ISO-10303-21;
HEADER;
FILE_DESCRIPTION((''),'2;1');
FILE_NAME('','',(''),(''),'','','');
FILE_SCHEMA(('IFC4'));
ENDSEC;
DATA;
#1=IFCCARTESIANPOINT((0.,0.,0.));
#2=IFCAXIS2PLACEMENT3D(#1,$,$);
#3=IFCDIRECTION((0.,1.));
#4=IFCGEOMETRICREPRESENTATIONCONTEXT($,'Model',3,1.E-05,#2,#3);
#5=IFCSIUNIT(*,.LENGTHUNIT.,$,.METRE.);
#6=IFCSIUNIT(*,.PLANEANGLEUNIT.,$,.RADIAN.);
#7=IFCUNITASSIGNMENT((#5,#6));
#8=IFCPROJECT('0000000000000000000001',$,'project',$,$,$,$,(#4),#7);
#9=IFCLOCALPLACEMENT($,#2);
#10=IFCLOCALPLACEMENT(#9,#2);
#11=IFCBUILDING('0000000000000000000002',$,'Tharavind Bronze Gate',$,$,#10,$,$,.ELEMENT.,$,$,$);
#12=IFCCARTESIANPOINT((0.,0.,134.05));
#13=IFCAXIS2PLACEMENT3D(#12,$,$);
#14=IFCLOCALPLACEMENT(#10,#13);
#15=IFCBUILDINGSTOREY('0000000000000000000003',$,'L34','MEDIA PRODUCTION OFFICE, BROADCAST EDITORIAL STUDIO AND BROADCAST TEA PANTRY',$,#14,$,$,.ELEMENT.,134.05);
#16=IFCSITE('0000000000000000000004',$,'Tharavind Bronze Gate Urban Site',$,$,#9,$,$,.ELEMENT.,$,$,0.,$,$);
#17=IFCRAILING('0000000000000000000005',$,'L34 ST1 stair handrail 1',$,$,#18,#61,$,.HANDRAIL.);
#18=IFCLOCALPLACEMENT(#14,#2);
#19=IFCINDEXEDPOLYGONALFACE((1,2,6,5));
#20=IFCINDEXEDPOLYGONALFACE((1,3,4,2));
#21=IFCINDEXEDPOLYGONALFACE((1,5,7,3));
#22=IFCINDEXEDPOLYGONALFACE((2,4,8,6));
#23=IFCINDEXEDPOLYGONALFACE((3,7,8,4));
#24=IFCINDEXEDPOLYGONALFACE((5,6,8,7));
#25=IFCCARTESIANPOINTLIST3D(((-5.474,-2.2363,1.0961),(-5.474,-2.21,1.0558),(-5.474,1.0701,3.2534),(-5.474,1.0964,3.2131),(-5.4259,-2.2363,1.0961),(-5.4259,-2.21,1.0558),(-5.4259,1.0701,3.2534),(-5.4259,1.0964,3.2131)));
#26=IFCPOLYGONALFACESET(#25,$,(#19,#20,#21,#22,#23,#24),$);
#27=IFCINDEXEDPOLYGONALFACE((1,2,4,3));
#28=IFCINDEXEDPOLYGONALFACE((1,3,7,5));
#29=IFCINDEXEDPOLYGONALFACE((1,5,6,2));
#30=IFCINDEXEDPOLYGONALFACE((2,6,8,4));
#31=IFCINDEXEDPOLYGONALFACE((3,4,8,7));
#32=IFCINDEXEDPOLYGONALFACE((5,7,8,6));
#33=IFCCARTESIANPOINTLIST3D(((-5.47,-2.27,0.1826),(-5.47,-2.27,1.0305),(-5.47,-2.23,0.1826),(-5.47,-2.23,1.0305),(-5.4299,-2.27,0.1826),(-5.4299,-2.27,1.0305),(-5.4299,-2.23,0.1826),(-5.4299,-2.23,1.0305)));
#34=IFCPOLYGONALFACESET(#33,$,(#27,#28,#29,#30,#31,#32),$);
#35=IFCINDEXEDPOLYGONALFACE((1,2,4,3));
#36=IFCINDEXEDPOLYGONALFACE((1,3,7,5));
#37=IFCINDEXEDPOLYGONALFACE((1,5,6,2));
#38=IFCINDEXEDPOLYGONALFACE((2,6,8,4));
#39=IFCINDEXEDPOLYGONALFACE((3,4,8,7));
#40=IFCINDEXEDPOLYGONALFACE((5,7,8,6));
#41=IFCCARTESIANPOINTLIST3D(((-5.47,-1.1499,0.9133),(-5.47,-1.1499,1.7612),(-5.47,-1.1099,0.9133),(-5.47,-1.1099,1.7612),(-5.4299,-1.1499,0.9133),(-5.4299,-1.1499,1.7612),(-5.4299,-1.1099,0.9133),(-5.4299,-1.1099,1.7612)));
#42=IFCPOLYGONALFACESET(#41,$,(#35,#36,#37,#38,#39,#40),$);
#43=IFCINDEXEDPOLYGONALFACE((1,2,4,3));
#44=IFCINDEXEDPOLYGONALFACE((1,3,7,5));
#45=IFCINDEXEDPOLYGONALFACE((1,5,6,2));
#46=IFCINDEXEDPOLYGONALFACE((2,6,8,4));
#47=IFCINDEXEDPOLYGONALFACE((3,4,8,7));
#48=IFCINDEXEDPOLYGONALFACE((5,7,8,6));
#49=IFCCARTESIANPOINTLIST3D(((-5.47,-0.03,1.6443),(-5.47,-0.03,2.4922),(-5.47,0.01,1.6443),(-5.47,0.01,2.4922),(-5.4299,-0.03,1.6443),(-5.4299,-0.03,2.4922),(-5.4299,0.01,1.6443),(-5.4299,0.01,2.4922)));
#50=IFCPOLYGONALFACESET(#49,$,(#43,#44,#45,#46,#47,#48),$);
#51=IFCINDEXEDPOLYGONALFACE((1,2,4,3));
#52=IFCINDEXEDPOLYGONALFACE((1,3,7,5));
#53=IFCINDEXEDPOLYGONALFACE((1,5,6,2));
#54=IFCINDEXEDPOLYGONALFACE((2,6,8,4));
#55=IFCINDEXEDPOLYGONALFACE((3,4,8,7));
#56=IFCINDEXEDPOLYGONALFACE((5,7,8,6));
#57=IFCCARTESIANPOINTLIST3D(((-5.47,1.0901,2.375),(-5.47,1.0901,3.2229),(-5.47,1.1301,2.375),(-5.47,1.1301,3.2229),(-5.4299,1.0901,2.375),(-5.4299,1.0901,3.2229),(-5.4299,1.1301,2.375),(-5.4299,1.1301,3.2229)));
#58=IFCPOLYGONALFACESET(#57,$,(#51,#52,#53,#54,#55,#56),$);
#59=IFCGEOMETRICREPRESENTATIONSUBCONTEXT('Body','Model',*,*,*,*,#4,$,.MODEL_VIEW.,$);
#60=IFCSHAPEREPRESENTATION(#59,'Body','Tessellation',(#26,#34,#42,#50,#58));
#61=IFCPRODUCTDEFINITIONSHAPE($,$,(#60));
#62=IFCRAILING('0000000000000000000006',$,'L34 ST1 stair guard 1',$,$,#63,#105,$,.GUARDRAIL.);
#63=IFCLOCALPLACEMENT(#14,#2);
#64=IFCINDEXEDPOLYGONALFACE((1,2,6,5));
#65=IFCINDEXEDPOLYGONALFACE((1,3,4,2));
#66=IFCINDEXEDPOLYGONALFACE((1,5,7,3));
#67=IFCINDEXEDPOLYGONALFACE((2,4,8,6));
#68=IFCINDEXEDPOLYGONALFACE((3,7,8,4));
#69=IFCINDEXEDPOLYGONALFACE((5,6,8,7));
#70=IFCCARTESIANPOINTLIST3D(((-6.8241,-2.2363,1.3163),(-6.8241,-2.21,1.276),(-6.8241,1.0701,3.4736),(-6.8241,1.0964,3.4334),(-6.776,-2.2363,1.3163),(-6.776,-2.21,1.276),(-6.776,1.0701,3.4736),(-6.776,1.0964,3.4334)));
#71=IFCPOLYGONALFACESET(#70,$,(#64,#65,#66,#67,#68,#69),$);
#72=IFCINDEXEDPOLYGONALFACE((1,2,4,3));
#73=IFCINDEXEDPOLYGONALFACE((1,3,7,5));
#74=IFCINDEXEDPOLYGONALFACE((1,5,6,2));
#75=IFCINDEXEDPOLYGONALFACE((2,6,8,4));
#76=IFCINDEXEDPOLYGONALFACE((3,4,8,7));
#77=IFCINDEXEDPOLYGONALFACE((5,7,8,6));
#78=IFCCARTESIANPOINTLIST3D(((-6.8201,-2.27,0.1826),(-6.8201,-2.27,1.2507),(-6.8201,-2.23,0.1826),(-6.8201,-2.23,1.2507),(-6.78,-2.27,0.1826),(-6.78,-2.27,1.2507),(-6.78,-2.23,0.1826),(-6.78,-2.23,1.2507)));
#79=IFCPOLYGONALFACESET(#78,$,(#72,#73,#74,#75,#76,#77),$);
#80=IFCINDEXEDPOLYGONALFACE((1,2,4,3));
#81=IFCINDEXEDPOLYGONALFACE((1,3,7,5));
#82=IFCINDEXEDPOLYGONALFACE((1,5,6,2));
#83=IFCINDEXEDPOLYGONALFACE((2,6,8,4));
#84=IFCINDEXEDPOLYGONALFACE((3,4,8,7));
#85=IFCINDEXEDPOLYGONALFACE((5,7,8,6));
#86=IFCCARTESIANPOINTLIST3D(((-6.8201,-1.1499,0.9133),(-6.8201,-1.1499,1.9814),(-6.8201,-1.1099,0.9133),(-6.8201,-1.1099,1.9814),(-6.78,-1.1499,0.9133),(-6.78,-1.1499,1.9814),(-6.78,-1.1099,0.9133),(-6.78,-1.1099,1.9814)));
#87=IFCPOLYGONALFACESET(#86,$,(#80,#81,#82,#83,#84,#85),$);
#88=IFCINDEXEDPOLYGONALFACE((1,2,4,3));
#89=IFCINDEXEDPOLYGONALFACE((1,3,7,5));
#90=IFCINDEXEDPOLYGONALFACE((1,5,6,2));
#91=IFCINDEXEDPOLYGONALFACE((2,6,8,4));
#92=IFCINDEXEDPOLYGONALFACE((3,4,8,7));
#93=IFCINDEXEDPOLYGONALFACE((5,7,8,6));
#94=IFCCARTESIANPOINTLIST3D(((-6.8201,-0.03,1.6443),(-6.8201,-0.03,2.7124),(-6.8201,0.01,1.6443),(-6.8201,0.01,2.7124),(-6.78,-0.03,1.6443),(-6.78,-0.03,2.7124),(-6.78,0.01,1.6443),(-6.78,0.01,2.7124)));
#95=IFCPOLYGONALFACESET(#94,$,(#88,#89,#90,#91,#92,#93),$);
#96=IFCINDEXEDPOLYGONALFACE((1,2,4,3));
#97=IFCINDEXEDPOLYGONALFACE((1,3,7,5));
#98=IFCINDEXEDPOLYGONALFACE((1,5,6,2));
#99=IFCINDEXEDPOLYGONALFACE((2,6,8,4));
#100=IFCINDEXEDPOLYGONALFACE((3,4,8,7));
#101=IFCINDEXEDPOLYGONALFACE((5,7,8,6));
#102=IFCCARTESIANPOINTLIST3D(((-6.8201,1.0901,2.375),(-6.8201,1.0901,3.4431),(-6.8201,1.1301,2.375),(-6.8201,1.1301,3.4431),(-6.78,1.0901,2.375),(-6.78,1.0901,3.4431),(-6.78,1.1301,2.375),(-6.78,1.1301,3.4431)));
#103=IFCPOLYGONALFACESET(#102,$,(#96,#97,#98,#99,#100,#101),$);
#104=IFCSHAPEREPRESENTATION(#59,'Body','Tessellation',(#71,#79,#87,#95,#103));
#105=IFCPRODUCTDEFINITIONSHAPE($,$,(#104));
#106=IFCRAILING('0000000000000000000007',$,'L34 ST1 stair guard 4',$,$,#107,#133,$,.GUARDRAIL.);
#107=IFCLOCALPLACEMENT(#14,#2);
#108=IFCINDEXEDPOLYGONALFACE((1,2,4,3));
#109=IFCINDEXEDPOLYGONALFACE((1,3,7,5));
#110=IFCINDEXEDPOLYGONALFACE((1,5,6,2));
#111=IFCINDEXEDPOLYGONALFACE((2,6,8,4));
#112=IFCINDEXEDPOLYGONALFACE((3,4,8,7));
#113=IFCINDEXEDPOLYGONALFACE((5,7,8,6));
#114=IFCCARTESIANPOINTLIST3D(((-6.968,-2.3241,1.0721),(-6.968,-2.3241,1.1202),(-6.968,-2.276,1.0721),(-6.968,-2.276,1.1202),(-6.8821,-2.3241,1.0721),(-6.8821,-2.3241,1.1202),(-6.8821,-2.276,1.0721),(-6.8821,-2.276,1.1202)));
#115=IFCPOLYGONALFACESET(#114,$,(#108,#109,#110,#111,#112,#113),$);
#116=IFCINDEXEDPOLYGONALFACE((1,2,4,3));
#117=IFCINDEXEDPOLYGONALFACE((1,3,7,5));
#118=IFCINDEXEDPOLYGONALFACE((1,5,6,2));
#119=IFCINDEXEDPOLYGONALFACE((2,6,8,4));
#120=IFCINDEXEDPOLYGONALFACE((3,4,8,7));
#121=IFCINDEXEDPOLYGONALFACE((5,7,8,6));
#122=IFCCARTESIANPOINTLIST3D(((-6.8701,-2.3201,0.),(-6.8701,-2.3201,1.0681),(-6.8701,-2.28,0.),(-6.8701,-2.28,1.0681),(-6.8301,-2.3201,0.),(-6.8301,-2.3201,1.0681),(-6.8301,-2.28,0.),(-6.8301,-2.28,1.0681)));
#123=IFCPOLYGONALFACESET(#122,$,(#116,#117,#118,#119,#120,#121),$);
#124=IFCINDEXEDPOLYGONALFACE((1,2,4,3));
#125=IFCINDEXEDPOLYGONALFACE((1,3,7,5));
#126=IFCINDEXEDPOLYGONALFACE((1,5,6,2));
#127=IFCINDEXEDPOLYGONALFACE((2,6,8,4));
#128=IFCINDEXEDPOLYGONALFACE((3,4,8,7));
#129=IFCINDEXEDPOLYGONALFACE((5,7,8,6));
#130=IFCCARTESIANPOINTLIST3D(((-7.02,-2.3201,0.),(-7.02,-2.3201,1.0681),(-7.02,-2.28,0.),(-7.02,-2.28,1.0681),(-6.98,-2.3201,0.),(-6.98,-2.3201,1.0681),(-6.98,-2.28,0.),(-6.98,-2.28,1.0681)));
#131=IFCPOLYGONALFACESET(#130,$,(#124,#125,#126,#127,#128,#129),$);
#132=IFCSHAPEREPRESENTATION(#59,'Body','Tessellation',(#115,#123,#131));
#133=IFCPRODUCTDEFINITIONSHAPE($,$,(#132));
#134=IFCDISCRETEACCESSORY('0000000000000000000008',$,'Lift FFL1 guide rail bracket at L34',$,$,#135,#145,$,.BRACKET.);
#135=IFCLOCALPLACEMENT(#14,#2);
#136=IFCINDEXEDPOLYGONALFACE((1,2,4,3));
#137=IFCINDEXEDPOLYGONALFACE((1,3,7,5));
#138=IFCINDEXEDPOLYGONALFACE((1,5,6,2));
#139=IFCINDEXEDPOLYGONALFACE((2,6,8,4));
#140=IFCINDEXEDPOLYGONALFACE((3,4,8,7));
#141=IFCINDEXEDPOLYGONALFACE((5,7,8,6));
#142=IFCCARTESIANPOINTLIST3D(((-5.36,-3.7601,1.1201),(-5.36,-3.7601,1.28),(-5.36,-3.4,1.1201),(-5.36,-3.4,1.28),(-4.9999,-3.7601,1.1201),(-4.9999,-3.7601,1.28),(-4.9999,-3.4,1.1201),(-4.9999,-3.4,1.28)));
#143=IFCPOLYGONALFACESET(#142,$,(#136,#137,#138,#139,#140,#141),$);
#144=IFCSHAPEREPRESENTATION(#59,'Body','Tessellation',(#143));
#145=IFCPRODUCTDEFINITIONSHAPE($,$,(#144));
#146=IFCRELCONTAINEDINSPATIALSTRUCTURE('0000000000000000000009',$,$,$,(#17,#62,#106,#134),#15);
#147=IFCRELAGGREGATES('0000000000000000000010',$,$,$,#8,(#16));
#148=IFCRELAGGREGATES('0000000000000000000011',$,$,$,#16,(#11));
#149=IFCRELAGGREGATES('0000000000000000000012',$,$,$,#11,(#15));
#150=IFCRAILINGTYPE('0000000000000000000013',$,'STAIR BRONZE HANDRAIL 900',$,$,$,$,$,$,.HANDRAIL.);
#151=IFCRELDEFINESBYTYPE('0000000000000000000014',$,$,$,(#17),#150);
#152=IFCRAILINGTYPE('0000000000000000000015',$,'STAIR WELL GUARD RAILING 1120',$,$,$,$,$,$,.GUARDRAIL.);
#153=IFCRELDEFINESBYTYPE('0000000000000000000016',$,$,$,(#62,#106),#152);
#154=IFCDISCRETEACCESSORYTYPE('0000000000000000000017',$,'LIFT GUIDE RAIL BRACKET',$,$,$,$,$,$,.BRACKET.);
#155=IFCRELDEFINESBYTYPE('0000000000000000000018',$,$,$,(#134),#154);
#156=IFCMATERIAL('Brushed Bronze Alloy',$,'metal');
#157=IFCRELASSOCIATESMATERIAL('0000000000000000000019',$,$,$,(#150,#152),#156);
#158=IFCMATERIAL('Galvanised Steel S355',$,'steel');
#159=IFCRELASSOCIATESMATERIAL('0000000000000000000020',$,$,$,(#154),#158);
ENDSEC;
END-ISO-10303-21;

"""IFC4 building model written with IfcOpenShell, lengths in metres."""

from ifc_helpers import new_model, si_unit, direction, frame, origin, origin_2d, place, context, subcontext, project, spatial, rectangle, extrude, material, type_object, element, save


model = new_model("IFC4")

# Units and contexts
model_context = context("Model", 3, precision=1e-05, world=origin(), true_north=direction((0.0, 1.0)))
body_context = subcontext(model_context, "Body", "Model", "MODEL_VIEW")
ifc_project = project(units=[si_unit("LENGTHUNIT", "METRE"), si_unit("PLANEANGLEUNIT", "RADIAN")], contexts=[model_context])

# Site, building, storey
site_placement = place(None, origin())
site = spatial("IfcSite", under=ifc_project, at=site_placement, Name="Tharavind Bronze Gate Urban Site", CompositionType="ELEMENT", RefElevation=0.0)
building_placement = place(site_placement, origin())
building = spatial("IfcBuilding", under=site, at=building_placement, Name="Tharavind Bronze Gate", CompositionType="ELEMENT")
storey_placement = place(building_placement, frame((0.0, 0.0, 134.05)))
storey = spatial("IfcBuildingStorey", under=building, at=storey_placement, Name="L34", Description="MEDIA PRODUCTION OFFICE, BROADCAST EDITORIAL STUDIO AND BROADCAST TEA PANTRY", CompositionType="ELEMENT", Elevation=134.05)

# Railings
ifc_material_1 = material(Name="Brushed Bronze Alloy", Category="metal")
railing_type_1 = type_object("IfcRailingType", Name="STAIR BRONZE HANDRAIL 900", PredefinedType="HANDRAIL", material=ifc_material_1)
railing_1_placement = place(storey_placement, frame((-5.45, -2.25, 0.1826)))
element("IfcRailing", 1, at=railing_1_placement, inside=storey, type_object=railing_type_1, Name="L34 ST1 stair handrail 1", PredefinedType="HANDRAIL", context=body_context, shape_type="SweptSolid", body=[
    extrude(rectangle(XDim=0.0481, YDim=0.0481, at=origin_2d()), frame((0.0, 0.0269, 0.8933), z_axis=(0.0, 0.837496, 0.546444), x_axis=(-1.0, 0.0, 0.0)), (0.0, 0.0, 1.0), 3.948),
    extrude(rectangle(XDim=0.04, YDim=0.04, at=origin_2d()), origin(), (0.0, 0.0, 1.0), 0.8479),
    extrude(rectangle(XDim=0.04, YDim=0.04, at=origin_2d()), frame((0.0, 1.1201, 0.7307)), (0.0, 0.0, 1.0), 0.8479),
    extrude(rectangle(XDim=0.04, YDim=0.04, at=origin_2d()), frame((0.0, 2.24, 1.4617)), (0.0, 0.0, 1.0), 0.8479),
    extrude(rectangle(XDim=0.04, YDim=0.04, at=origin_2d()), frame((0.0, 3.3601, 2.1924)), (0.0, 0.0, 1.0), 0.8479),
])
railing_type_2 = type_object("IfcRailingType", Name="STAIR WELL GUARD RAILING 1120", PredefinedType="GUARDRAIL", material=ifc_material_1)
railing_2_placement = place(storey_placement, frame((-6.8, -2.25, 0.1826)))
element("IfcRailing", 2, at=railing_2_placement, inside=storey, type_object=railing_type_2, Name="L34 ST1 stair guard 1", PredefinedType="GUARDRAIL", context=body_context, shape_type="SweptSolid", body=[
    extrude(rectangle(XDim=0.0481, YDim=0.0481, at=origin_2d()), frame((0.0, 0.0269, 1.1135), z_axis=(0.0, 0.837496, 0.546444), x_axis=(-1.0, 0.0, 0.0)), (0.0, 0.0, 1.0), 3.948),
    extrude(rectangle(XDim=0.04, YDim=0.04, at=origin_2d()), origin(), (0.0, 0.0, 1.0), 1.0681),
    extrude(rectangle(XDim=0.04, YDim=0.04, at=origin_2d()), frame((0.0, 1.1201, 0.7307)), (0.0, 0.0, 1.0), 1.0681),
    extrude(rectangle(XDim=0.04, YDim=0.04, at=origin_2d()), frame((0.0, 2.24, 1.4617)), (0.0, 0.0, 1.0), 1.0681),
    extrude(rectangle(XDim=0.04, YDim=0.04, at=origin_2d()), frame((0.0, 3.3601, 2.1924)), (0.0, 0.0, 1.0), 1.0681),
])
railing_3_placement = place(storey_placement, frame((-6.8501, -2.3, 0.0)))
element("IfcRailing", 3, at=railing_3_placement, inside=storey, type_object=railing_type_2, Name="L34 ST1 stair guard 4", PredefinedType="GUARDRAIL", context=body_context, shape_type="SweptSolid", body=[
    extrude(rectangle(XDim=0.0481, YDim=0.0481, at=origin_2d()), frame((-0.032, 0.0, 1.0962), z_axis=(-1.0, 0.0, 0.0), x_axis=(0.0, -1.0, 0.0)), (0.0, 0.0, 1.0), 0.0859),
    extrude(rectangle(XDim=0.04, YDim=0.04, at=origin_2d()), origin(), (0.0, 0.0, 1.0), 1.0681),
    extrude(rectangle(XDim=0.04, YDim=0.04, at=origin_2d()), frame((-0.1499, 0.0, 0.0)), (0.0, 0.0, 1.0), 1.0681),
])

# Discrete accessory
ifc_material_2 = material(Name="Galvanised Steel S355", Category="steel")
discrete_accessory_type = type_object("IfcDiscreteAccessoryType", Name="LIFT GUIDE RAIL BRACKET", PredefinedType="BRACKET", material=ifc_material_2)
discrete_accessory_placement = place(storey_placement, frame((-5.1799, -3.5801, 1.1201), z_axis=(0.0, 0.0, 1.0), x_axis=(1.0, 0.0, 0.0)))
element("IfcDiscreteAccessory", 4, at=discrete_accessory_placement, inside=storey, type_object=discrete_accessory_type, Name="Lift FFL1 guide rail bracket at L34", PredefinedType="BRACKET", context=body_context, shape_type="SweptSolid", body=[
    extrude(rectangle(XDim=0.3601, YDim=0.3601, at=origin_2d()), origin(), (0.0, 0.0, 1.0), 0.1599),
])

save(model, "model.ifc")
